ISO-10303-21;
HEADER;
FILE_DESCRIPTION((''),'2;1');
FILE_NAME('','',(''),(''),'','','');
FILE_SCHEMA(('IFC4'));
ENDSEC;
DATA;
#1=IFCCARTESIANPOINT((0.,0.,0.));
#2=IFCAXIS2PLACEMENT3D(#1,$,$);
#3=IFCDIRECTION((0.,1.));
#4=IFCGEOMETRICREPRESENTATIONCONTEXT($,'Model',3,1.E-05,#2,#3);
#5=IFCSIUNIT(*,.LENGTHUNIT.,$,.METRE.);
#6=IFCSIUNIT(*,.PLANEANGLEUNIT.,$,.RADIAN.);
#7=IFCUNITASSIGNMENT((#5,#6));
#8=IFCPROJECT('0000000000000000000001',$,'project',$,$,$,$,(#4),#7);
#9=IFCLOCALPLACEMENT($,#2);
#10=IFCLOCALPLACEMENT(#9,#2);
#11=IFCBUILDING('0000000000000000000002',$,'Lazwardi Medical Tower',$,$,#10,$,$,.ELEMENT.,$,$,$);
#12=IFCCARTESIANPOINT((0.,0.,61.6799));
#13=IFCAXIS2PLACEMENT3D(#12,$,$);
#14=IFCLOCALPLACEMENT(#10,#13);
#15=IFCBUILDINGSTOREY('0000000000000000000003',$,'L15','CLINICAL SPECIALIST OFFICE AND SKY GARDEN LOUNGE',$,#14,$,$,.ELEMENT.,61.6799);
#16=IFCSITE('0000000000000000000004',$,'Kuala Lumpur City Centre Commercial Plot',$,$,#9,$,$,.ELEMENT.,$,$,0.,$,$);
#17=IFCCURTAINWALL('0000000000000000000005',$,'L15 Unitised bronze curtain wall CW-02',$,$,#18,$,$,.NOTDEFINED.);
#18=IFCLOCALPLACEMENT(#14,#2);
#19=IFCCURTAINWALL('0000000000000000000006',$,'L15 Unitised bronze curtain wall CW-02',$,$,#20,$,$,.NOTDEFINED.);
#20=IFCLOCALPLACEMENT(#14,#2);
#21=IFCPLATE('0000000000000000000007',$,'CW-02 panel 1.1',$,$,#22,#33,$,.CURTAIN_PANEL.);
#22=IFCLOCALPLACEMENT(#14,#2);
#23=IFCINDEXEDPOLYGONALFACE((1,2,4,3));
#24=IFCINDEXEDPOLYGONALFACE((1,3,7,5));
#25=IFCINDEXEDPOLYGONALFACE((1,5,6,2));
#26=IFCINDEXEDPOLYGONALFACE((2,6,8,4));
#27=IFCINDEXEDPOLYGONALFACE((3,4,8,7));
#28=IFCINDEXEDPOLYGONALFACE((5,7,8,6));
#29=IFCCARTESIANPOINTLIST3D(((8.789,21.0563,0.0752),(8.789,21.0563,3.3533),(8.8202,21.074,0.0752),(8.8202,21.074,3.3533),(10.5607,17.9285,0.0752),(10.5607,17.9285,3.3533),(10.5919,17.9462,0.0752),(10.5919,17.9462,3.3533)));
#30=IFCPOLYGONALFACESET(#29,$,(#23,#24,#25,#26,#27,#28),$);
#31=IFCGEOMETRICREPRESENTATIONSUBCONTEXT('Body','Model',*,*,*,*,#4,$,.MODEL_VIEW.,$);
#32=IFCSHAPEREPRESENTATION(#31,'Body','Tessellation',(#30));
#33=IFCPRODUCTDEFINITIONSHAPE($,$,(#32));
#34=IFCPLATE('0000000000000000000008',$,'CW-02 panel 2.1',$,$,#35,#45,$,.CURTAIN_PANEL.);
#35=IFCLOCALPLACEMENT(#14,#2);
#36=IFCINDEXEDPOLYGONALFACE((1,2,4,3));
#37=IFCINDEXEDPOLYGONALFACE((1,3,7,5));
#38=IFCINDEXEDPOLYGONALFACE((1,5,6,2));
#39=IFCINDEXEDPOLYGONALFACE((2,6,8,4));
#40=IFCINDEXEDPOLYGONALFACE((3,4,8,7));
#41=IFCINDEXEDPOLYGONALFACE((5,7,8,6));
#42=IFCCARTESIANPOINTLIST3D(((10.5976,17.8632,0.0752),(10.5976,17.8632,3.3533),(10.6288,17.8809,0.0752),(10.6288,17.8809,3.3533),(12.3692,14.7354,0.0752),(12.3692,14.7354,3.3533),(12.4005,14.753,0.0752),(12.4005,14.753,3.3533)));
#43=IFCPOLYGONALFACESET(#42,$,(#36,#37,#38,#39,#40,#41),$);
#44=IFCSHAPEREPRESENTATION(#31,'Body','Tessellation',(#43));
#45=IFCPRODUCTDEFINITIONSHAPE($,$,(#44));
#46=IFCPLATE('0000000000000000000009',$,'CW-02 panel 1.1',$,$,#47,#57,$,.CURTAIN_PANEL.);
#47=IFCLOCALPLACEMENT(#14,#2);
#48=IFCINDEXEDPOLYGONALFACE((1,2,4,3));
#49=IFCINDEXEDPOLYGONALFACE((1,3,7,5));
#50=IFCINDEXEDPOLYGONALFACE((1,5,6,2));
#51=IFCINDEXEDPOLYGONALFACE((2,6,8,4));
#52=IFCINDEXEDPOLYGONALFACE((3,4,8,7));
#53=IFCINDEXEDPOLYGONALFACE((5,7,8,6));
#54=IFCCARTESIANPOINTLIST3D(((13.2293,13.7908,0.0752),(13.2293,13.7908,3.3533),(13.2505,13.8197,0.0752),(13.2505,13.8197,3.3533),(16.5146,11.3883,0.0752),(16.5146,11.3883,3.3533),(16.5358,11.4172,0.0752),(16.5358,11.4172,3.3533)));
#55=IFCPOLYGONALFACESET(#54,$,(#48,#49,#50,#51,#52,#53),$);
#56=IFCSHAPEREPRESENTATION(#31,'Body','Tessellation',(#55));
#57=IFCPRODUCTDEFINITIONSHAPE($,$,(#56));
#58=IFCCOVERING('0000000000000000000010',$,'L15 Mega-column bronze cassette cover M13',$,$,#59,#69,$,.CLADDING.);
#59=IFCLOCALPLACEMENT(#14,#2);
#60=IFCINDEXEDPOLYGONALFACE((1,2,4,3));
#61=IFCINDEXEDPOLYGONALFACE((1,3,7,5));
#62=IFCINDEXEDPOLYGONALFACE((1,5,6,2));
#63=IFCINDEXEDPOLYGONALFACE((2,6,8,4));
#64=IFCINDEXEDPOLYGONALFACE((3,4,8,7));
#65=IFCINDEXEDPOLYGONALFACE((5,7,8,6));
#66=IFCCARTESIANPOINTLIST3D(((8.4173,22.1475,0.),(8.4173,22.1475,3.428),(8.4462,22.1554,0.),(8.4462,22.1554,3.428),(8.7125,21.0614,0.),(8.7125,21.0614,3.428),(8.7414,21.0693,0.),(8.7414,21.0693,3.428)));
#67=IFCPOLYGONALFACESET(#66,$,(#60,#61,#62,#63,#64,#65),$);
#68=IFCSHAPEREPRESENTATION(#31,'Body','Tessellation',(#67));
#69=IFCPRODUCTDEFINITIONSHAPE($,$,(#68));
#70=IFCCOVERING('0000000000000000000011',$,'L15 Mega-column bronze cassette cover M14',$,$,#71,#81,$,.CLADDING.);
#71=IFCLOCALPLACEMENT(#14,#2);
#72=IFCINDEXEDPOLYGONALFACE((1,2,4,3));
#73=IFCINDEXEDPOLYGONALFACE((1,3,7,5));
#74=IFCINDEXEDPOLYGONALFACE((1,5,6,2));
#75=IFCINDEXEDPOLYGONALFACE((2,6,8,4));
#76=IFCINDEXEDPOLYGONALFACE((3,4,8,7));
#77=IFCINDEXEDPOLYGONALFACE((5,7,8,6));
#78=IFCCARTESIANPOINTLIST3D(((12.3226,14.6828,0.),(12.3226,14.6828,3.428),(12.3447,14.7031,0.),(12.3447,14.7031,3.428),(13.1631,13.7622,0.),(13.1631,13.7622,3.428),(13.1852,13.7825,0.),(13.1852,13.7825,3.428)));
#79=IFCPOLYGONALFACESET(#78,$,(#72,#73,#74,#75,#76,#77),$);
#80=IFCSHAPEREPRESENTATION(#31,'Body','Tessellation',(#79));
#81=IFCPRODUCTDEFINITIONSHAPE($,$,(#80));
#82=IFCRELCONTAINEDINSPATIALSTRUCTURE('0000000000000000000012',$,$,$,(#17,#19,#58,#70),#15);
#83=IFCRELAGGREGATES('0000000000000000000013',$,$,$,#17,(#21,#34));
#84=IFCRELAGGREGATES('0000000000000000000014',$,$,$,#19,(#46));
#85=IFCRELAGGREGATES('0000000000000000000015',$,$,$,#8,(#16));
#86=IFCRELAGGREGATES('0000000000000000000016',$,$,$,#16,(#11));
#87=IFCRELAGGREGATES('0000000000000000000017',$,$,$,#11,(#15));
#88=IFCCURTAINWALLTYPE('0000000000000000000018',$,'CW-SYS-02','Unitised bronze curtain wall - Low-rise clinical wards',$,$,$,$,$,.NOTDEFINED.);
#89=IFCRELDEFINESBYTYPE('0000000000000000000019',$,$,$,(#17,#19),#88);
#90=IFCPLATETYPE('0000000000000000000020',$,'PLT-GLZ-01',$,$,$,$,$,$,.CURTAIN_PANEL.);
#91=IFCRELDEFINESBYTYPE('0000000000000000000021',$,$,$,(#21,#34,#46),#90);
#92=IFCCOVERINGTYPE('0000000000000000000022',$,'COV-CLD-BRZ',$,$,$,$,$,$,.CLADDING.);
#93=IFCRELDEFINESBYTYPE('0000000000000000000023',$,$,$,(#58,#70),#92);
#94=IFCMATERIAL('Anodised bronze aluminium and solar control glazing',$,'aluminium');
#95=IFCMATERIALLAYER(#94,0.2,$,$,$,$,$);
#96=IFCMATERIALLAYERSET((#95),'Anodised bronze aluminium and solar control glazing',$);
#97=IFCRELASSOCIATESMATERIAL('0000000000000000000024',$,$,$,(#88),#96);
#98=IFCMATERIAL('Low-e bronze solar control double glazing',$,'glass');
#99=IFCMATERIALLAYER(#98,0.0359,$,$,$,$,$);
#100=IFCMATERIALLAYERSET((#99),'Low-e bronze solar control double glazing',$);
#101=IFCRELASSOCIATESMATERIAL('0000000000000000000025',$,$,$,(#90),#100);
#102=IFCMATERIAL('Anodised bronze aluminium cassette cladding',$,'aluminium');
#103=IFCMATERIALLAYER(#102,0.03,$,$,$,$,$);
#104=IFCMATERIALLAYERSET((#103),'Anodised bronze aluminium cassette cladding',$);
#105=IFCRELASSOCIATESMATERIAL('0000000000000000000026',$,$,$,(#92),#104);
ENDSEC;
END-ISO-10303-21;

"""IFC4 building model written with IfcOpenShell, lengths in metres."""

from ifc_helpers import new_model, si_unit, direction, frame, origin, origin_2d, place, context, subcontext, project, spatial, rectangle, extrude, material, layer, layer_set, type_object, element, aggregate, save


model = new_model("IFC4")

# Units and contexts
model_context = context("Model", 3, precision=1e-05, world=origin(), true_north=direction((0.0, 1.0)))
body_context = subcontext(model_context, "Body", "Model", "MODEL_VIEW")
ifc_project = project(units=[si_unit("LENGTHUNIT", "METRE"), si_unit("PLANEANGLEUNIT", "RADIAN")], contexts=[model_context])

# Site, building, storey
site_placement = place(None, origin())
site = spatial("IfcSite", under=ifc_project, at=site_placement, Name="Kuala Lumpur City Centre Commercial Plot", CompositionType="ELEMENT", RefElevation=0.0)
building_placement = place(site_placement, origin())
building = spatial("IfcBuilding", under=site, at=building_placement, Name="Lazwardi Medical Tower", CompositionType="ELEMENT")
storey_placement = place(building_placement, frame((0.0, 0.0, 61.6799)))
storey = spatial("IfcBuildingStorey", under=building, at=storey_placement, Name="L15", Description="CLINICAL SPECIALIST OFFICE AND SKY GARDEN LOUNGE", CompositionType="ELEMENT", Elevation=61.6799)

# Curtain walls
ifc_material_1 = material(Name="Anodised bronze aluminium and solar control glazing", Category="aluminium")
ifc_layer_1 = layer(ifc_material_1, 0.2)
ifc_layer_set_1 = layer_set([ifc_layer_1], Name="Anodised bronze aluminium and solar control glazing")
curtain_wall_type = type_object("IfcCurtainWallType", Name="CW-SYS-02", Description="Unitised bronze curtain wall - Low-rise clinical wards", PredefinedType="NOTDEFINED", material=ifc_layer_set_1)
curtain_wall_1_placement = place(storey_placement, origin())
curtain_wall_1 = element("IfcCurtainWall", 1, at=curtain_wall_1_placement, inside=storey, type_object=curtain_wall_type, Name="L15 Unitised bronze curtain wall CW-02", PredefinedType="NOTDEFINED")
curtain_wall_2_placement = place(storey_placement, origin())
curtain_wall_2 = element("IfcCurtainWall", 2, at=curtain_wall_2_placement, inside=storey, type_object=curtain_wall_type, Name="L15 Unitised bronze curtain wall CW-02", PredefinedType="NOTDEFINED")

# Plates
ifc_material_2 = material(Name="Low-e bronze solar control double glazing", Category="glass")
ifc_layer_2 = layer(ifc_material_2, 0.0359)
ifc_layer_set_2 = layer_set([ifc_layer_2], Name="Low-e bronze solar control double glazing")
plate_type = type_object("IfcPlateType", Name="PLT-GLZ-01", PredefinedType="CURTAIN_PANEL", material=ifc_layer_set_2)
plate_1_placement = place(storey_placement, frame((9.6904, 19.5012, 0.0752), z_axis=(0.0, 0.0, 1.0), x_axis=(0.492854, -0.870112, 0.0)))
plate_1 = element("IfcPlate", 3, at=plate_1_placement, type_object=plate_type, Name="CW-02 panel 1.1", PredefinedType="CURTAIN_PANEL", context=body_context, shape_type="SweptSolid", body=[
    extrude(rectangle(XDim=3.5947, YDim=0.0359, at=origin_2d()), origin(), (0.0, 0.0, 1.0), 3.2781),
])
plate_2_placement = place(storey_placement, frame((11.499, 16.3081, 0.0752), z_axis=(0.0, 0.0, 1.0), x_axis=(0.492854, -0.870112, 0.0)))
plate_2 = element("IfcPlate", 4, at=plate_2_placement, type_object=plate_type, Name="CW-02 panel 2.1", PredefinedType="CURTAIN_PANEL", context=body_context, shape_type="SweptSolid", body=[
    extrude(rectangle(XDim=3.5947, YDim=0.0359, at=origin_2d()), origin(), (0.0, 0.0, 1.0), 3.2781),
])
aggregate(curtain_wall_1, [plate_1, plate_2])
plate_3_placement = place(storey_placement, frame((14.8826, 12.604, 0.0752), z_axis=(0.0, 0.0, 1.0), x_axis=(0.807192, -0.590289, 0.0)))
plate_3 = element("IfcPlate", 5, at=plate_3_placement, type_object=plate_type, Name="CW-02 panel 1.1", PredefinedType="CURTAIN_PANEL", context=body_context, shape_type="SweptSolid", body=[
    extrude(rectangle(XDim=4.0701, YDim=0.0359, at=origin_2d()), origin(), (0.0, 0.0, 1.0), 3.2781),
])
aggregate(curtain_wall_2, [plate_3])

# Coverings
ifc_material_3 = material(Name="Anodised bronze aluminium cassette cladding", Category="aluminium")
ifc_layer_3 = layer(ifc_material_3, 0.03)
ifc_layer_set_3 = layer_set([ifc_layer_3], Name="Anodised bronze aluminium cassette cladding")
covering_type = type_object("IfcCoveringType", Name="COV-CLD-BRZ", PredefinedType="CLADDING", material=ifc_layer_set_3)
covering_1_placement = place(storey_placement, frame((8.5793, 21.6084, 0.0), z_axis=(0.0, 0.0, 1.0), x_axis=(0.262283, -0.964991, 0.0)))
element("IfcCovering", 6, at=covering_1_placement, inside=storey, type_object=covering_type, Name="L15 Mega-column bronze cassette cover M13", PredefinedType="CLADDING", context=body_context, shape_type="SweptSolid", body=[
    extrude(rectangle(XDim=1.1255, YDim=0.03, at=origin_2d()), origin(), (0.0, 0.0, 1.0), 3.428),
])
covering_2_placement = place(storey_placement, frame((12.7539, 14.2327, 0.0), z_axis=(0.0, 0.0, 1.0), x_axis=(0.674252, -0.738501, 0.0)))
element("IfcCovering", 7, at=covering_2_placement, inside=storey, type_object=covering_type, Name="L15 Mega-column bronze cassette cover M14", PredefinedType="CLADDING", context=body_context, shape_type="SweptSolid", body=[
    extrude(rectangle(XDim=1.2466, YDim=0.03, at=origin_2d()), origin(), (0.0, 0.0, 1.0), 3.428),
])

save(model, "model.ifc")
